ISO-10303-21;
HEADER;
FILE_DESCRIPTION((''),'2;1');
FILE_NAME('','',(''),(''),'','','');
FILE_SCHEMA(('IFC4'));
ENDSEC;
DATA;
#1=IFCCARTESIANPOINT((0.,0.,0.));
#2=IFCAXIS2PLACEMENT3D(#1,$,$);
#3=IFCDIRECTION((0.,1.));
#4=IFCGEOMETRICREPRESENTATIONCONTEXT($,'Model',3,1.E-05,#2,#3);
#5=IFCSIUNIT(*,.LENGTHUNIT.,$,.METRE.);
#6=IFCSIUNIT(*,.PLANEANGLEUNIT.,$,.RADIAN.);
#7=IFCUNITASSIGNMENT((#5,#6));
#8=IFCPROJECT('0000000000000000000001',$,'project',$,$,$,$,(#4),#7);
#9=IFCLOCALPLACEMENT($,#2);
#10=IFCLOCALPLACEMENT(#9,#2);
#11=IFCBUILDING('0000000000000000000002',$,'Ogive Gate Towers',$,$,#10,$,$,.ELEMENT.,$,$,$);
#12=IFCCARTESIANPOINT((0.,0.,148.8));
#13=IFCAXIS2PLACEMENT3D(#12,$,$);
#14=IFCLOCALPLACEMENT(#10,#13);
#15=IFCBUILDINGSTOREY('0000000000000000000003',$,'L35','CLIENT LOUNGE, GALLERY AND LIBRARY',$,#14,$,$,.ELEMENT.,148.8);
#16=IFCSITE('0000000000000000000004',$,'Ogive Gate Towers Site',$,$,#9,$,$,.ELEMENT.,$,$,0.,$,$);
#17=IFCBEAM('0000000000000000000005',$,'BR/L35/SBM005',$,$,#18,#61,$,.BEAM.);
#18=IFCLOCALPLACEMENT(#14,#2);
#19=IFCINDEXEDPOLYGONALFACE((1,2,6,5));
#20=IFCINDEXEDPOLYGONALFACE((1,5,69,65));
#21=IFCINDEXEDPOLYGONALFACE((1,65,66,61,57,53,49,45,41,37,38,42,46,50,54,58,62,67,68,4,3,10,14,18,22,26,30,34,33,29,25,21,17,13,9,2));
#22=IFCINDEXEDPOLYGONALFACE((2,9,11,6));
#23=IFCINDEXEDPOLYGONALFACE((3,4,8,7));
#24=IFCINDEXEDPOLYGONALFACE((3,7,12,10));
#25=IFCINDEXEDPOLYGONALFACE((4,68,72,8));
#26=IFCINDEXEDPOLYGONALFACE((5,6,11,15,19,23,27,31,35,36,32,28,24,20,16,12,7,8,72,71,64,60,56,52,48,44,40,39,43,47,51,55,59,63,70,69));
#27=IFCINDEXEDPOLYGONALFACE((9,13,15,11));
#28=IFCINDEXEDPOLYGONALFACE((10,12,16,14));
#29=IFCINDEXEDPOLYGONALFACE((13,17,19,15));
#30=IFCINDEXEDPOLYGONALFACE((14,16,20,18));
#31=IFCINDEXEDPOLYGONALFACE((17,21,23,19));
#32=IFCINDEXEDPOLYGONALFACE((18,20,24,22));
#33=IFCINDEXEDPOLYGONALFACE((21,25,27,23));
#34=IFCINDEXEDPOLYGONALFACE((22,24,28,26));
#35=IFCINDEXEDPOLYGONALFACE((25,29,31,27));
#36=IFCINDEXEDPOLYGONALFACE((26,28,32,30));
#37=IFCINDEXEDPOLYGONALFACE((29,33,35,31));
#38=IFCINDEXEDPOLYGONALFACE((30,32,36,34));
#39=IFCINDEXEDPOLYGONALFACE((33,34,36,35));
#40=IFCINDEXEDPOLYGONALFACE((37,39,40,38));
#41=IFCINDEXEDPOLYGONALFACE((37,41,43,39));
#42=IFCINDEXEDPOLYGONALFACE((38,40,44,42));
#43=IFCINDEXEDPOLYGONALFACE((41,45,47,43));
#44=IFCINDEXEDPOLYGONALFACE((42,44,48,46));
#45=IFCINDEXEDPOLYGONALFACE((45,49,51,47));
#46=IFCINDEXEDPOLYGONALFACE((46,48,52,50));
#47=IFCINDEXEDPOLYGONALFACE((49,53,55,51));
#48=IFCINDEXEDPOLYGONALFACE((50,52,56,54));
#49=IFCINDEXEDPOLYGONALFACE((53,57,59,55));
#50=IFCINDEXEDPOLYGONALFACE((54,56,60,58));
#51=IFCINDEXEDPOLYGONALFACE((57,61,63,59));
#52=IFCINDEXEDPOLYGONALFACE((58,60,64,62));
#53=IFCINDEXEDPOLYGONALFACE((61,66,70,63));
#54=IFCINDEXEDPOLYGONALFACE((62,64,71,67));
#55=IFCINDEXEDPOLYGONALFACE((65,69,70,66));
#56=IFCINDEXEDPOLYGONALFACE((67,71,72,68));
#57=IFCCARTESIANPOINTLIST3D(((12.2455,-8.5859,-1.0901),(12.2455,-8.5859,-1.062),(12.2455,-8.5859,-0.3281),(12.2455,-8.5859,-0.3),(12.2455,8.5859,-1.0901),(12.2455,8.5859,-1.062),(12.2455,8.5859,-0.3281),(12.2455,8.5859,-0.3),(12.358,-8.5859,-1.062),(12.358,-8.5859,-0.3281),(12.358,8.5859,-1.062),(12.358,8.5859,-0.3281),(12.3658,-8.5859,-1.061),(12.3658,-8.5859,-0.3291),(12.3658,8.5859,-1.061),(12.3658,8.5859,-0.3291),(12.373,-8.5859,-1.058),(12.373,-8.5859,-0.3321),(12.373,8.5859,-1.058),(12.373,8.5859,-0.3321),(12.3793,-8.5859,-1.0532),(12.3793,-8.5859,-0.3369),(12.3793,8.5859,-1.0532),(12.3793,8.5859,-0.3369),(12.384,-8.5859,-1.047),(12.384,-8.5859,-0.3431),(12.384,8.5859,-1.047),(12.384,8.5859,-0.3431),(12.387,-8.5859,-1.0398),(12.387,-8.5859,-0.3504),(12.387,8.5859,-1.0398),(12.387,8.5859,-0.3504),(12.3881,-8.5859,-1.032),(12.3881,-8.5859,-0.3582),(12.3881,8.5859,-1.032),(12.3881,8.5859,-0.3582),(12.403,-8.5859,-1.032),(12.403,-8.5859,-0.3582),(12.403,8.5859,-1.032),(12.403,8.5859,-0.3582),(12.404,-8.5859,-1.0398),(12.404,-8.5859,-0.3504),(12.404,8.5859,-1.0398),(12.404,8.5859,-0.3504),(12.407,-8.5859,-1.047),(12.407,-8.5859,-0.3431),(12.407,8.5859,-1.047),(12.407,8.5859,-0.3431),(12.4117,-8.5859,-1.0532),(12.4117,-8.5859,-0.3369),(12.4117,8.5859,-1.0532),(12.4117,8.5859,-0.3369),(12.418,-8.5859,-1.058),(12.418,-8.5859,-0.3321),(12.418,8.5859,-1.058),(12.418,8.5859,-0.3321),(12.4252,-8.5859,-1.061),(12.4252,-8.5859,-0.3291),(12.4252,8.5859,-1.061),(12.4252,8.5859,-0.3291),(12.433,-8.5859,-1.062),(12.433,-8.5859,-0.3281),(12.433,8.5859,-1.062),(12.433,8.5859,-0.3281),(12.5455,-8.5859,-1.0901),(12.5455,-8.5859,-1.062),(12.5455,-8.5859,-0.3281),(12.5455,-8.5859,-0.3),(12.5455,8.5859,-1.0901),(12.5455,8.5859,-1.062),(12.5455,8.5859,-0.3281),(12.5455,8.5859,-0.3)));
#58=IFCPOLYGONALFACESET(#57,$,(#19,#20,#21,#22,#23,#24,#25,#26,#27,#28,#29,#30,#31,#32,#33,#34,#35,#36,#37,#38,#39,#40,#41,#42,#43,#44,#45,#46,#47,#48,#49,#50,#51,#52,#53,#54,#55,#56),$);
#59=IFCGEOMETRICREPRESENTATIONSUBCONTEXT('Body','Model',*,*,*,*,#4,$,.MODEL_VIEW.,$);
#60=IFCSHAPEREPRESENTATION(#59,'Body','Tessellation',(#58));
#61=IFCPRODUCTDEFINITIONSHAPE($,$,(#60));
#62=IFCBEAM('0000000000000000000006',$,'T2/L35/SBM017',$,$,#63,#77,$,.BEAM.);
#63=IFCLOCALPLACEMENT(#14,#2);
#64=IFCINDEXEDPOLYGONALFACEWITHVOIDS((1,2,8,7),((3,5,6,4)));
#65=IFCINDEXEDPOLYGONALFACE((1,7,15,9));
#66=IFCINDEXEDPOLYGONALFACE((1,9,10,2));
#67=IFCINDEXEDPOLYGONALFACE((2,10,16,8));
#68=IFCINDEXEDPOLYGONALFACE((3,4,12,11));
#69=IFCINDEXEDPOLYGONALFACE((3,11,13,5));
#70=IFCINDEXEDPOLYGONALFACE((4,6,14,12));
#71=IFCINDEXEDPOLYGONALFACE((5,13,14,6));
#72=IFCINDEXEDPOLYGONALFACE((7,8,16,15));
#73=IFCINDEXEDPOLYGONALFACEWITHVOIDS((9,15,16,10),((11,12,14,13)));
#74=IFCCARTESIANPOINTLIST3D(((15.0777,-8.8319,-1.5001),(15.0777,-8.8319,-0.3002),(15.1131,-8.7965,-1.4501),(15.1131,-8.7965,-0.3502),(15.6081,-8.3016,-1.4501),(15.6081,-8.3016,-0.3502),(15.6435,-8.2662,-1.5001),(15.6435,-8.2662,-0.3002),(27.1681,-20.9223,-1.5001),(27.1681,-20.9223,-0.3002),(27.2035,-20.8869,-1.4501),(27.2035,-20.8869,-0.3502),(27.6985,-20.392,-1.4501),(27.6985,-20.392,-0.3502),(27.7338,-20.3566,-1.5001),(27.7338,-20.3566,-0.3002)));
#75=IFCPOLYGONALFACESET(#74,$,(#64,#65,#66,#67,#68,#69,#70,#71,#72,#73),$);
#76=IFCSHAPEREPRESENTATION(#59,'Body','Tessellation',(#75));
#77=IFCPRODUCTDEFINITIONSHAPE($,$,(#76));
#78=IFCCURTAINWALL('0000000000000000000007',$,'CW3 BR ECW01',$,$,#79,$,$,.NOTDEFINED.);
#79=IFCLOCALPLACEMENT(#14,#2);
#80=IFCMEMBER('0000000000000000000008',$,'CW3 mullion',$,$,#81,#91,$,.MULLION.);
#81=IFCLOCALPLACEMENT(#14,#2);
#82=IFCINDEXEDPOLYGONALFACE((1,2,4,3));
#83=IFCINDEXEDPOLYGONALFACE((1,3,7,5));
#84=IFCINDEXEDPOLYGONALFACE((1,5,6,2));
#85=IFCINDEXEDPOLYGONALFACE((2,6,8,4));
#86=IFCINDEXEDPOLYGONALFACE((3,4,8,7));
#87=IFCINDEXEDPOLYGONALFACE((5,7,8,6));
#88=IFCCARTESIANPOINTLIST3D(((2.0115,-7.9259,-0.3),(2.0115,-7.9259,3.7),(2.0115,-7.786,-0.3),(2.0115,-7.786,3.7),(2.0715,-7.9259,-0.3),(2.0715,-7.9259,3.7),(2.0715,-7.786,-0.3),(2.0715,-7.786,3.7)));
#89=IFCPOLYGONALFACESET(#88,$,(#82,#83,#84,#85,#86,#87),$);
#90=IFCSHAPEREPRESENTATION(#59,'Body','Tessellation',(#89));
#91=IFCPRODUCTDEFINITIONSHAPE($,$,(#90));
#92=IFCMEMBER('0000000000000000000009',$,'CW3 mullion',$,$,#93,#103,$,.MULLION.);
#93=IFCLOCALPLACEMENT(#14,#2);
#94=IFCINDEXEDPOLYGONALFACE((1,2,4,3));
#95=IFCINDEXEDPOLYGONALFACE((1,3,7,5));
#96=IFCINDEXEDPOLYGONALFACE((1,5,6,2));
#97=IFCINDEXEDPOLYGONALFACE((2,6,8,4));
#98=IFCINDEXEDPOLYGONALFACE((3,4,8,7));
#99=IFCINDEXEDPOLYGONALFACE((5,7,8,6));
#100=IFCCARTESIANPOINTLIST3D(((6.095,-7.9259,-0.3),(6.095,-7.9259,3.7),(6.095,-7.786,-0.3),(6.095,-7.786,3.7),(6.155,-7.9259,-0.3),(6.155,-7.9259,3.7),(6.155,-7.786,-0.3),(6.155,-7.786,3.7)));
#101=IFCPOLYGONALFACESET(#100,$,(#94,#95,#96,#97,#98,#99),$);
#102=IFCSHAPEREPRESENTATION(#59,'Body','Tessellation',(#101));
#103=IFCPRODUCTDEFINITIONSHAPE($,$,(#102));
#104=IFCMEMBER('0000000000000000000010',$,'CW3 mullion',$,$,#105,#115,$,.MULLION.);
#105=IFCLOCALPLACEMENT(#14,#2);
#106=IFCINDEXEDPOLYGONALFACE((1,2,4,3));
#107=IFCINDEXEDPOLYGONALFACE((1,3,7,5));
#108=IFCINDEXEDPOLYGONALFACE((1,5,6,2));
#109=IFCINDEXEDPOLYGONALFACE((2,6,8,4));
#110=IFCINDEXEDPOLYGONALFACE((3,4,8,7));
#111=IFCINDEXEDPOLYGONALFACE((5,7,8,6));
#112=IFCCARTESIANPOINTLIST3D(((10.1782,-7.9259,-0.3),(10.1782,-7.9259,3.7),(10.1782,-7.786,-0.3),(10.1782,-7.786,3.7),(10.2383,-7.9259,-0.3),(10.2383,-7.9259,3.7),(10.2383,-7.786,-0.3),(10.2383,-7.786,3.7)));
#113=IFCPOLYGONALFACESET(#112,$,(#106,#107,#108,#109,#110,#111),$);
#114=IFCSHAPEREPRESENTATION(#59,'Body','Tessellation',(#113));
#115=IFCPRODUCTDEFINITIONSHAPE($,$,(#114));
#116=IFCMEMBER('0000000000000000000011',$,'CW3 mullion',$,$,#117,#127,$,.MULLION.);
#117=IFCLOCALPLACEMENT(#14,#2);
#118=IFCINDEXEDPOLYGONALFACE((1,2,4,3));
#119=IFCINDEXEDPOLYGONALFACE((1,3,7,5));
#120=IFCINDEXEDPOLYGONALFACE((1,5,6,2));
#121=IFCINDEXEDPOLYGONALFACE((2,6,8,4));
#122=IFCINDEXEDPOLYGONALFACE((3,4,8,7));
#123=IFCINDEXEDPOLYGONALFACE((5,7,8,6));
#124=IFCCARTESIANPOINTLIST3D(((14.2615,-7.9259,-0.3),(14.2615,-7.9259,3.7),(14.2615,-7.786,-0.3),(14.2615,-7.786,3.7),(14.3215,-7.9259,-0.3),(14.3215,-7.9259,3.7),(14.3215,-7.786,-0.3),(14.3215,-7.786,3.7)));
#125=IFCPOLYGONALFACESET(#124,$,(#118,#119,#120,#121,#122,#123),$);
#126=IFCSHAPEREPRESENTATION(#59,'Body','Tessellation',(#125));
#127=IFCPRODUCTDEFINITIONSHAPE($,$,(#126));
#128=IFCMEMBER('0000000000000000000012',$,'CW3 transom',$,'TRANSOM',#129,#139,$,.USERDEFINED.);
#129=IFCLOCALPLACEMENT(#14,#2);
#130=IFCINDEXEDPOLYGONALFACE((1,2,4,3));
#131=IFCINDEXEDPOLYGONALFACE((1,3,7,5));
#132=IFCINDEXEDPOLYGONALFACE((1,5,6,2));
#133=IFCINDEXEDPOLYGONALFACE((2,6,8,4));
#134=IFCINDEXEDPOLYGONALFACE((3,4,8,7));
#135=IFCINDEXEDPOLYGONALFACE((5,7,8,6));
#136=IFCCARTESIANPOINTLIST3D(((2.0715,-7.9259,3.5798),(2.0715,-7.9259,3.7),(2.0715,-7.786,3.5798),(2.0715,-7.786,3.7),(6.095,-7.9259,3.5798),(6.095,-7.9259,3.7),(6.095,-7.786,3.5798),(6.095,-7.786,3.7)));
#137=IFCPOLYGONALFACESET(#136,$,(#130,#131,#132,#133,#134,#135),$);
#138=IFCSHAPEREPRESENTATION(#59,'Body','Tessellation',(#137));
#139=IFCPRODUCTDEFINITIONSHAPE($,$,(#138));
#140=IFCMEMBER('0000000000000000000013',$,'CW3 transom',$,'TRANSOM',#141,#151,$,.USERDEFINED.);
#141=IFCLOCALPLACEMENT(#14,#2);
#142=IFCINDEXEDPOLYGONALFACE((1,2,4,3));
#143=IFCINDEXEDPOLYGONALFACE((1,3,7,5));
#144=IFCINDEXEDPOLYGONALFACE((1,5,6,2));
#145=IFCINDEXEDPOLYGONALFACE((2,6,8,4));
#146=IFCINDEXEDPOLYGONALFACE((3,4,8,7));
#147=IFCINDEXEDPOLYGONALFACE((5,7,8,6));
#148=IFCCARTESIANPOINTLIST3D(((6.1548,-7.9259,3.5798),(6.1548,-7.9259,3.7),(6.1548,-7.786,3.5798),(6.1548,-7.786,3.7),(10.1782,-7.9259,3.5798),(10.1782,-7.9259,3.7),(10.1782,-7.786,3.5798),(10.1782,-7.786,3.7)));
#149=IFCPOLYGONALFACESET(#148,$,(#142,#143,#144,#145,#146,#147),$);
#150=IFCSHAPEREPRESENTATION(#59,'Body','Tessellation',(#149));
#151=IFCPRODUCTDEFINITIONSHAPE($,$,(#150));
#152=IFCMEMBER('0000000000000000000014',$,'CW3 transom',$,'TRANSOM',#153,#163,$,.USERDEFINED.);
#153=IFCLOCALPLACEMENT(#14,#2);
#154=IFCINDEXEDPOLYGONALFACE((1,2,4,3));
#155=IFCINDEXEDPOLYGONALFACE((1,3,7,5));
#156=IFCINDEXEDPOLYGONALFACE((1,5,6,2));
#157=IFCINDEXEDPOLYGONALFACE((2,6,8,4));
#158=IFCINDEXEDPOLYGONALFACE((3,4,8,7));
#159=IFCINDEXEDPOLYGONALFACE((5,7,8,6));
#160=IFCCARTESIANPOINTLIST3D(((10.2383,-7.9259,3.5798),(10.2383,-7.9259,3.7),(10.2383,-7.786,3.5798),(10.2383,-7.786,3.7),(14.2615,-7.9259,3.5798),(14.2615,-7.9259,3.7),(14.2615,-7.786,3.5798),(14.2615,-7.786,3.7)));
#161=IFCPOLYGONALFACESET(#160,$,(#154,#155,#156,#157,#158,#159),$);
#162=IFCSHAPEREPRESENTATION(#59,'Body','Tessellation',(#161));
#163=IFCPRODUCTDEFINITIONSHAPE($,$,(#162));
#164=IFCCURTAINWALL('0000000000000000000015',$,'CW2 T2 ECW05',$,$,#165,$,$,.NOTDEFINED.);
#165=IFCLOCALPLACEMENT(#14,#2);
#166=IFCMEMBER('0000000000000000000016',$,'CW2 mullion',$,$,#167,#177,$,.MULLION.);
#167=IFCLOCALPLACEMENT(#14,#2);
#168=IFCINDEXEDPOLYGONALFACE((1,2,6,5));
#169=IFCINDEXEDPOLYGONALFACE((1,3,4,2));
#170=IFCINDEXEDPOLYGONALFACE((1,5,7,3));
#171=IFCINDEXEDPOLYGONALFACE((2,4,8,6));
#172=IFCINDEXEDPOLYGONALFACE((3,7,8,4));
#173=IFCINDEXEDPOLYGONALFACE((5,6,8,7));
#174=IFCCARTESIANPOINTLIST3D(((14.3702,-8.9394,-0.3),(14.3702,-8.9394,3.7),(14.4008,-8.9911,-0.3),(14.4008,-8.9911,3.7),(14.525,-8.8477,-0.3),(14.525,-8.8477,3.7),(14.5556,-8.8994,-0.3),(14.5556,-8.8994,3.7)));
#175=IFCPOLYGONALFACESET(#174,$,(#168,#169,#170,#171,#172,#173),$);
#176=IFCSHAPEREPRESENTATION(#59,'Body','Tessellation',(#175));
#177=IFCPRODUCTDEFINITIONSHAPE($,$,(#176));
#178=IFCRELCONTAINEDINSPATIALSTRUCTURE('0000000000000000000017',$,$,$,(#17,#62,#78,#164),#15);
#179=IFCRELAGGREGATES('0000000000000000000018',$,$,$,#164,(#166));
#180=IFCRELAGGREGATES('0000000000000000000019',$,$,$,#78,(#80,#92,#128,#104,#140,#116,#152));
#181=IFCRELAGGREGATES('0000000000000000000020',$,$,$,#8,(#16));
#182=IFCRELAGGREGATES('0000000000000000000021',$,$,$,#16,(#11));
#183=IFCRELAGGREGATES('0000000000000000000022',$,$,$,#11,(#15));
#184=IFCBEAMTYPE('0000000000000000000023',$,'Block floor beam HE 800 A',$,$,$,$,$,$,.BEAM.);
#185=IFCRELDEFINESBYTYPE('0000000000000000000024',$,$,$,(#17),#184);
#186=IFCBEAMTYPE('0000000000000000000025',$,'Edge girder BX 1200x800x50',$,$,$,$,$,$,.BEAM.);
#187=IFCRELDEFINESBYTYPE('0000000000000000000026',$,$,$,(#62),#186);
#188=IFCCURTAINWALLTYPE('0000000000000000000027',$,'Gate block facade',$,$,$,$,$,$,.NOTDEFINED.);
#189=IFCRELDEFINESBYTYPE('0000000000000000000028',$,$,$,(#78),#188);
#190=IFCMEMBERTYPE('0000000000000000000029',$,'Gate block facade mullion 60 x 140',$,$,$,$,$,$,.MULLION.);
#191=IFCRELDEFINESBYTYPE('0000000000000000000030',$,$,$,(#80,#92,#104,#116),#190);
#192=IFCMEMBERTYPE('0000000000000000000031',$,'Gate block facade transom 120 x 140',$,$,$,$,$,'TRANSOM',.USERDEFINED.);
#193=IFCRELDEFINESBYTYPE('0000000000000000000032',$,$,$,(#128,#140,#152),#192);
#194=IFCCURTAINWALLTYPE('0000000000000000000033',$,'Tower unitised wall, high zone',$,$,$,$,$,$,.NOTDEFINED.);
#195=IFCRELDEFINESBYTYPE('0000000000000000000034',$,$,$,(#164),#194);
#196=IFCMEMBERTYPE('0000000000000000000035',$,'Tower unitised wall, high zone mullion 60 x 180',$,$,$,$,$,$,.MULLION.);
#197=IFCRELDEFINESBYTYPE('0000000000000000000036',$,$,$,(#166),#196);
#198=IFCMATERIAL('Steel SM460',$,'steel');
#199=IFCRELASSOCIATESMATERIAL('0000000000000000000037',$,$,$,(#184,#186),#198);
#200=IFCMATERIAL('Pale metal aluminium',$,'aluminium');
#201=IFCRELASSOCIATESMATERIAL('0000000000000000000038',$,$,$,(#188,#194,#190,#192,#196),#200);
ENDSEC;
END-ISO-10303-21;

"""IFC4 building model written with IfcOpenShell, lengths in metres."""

from ifc_helpers import new_model, si_unit, direction, frame, origin, origin_2d, place, context, subcontext, project, spatial, rectangle, hollow_rectangle, i_section, extrude, material, material_profile, profile_set, type_object, element, aggregate, save


model = new_model("IFC4")

# Units and contexts
model_context = context("Model", 3, precision=1e-05, world=origin(), true_north=direction((0.0, 1.0)))
body_context = subcontext(model_context, "Body", "Model", "MODEL_VIEW")
ifc_project = project(units=[si_unit("LENGTHUNIT", "METRE"), si_unit("PLANEANGLEUNIT", "RADIAN")], contexts=[model_context])

# Site, building, storey
site_placement = place(None, origin())
site = spatial("IfcSite", under=ifc_project, at=site_placement, Name="Ogive Gate Towers Site", CompositionType="ELEMENT", RefElevation=0.0)
building_placement = place(site_placement, origin())
building = spatial("IfcBuilding", under=site, at=building_placement, Name="Ogive Gate Towers", CompositionType="ELEMENT")
storey_placement = place(building_placement, frame((0.0, 0.0, 148.8)))
storey = spatial("IfcBuildingStorey", under=building, at=storey_placement, Name="L35", Description="CLIENT LOUNGE, GALLERY AND LIBRARY", CompositionType="ELEMENT", Elevation=148.8)

# Shared definitions
ifc_material_1 = material(Name="Steel SM460", Category="steel")

# Beams
ifc_material_profile_1 = material_profile(ifc_material_1, i_section(OverallWidth=0.3, OverallDepth=0.79, WebThickness=0.0149, FlangeThickness=0.0281, FilletRadius=0.03, at=origin_2d()), Name="HE 800 A")
ifc_profile_set_1 = profile_set([ifc_material_profile_1], Name="Steel SM460")
beam_type_1 = type_object("IfcBeamType", Name="Block floor beam HE 800 A", PredefinedType="BEAM", material=ifc_profile_set_1)
for number, where, z_axis, x_axis, name in (
    (1, (12.3955, -8.5859, -0.6951), (0.0, 1.0, 0.0), (-1.0, 0.0, 0.0), "BR/L35/SBM005"),
):
    element("IfcBeam", number, at=place(storey_placement, frame(where, z_axis=z_axis, x_axis=x_axis)), inside=storey, type_object=beam_type_1, Name=name, PredefinedType="BEAM", context=body_context, shape_type="SweptSolid", body=[
        extrude(i_section(OverallWidth=0.3, OverallDepth=0.79, WebThickness=0.0149, FlangeThickness=0.0281, FilletRadius=0.03, at=origin_2d()), origin(), (0.0, 0.0, 1.0), 17.1719),
    ])
ifc_material_profile_2 = material_profile(ifc_material_1, hollow_rectangle(XDim=0.8, YDim=1.2, WallThickness=0.05, at=origin_2d()), Name="BX 1200x800x50")
ifc_profile_set_2 = profile_set([ifc_material_profile_2], Name="Steel SM460")
beam_type_2 = type_object("IfcBeamType", Name="Edge girder BX 1200x800x50", PredefinedType="BEAM", material=ifc_profile_set_2)
beam_placement = place(storey_placement, frame((15.3606, -8.5491, -0.9001), z_axis=(0.707107, -0.707107, 0.0), x_axis=(0.707107, 0.707107, 0.0)))
element("IfcBeam", 2, at=beam_placement, inside=storey, type_object=beam_type_2, Name="T2/L35/SBM017", PredefinedType="BEAM", context=body_context, shape_type="SweptSolid", body=[
    extrude(hollow_rectangle(XDim=0.8, YDim=1.2, WallThickness=0.05, at=origin_2d()), origin(), (0.0, 0.0, 1.0), 17.0984),
])

# Curtain walls, members
ifc_material_2 = material(Name="Pale metal aluminium", Category="aluminium")
curtain_wall_type_1 = type_object("IfcCurtainWallType", Name="Gate block facade", PredefinedType="NOTDEFINED", material=ifc_material_2)
curtain_wall_1_placement = place(storey_placement, origin())
curtain_wall_1 = element("IfcCurtainWall", 3, at=curtain_wall_1_placement, inside=storey, type_object=curtain_wall_type_1, Name="CW3 BR ECW01", PredefinedType="NOTDEFINED")
ifc_material_profile_3 = material_profile(ifc_material_2, rectangle(XDim=0.1399, YDim=0.0601, at=origin_2d()), Name="60 x 140 aluminium box")
ifc_profile_set_3 = profile_set([ifc_material_profile_3], Name="Pale metal aluminium")
member_type_1 = type_object("IfcMemberType", Name="Gate block facade mullion 60 x 140", PredefinedType="MULLION", material=ifc_profile_set_3)
member_1_placement = place(storey_placement, frame((2.0415, -7.856, -0.3), z_axis=(0.0, 0.0, 1.0), x_axis=(0.0, -1.0, 0.0)))
member_1 = element("IfcMember", 4, at=member_1_placement, type_object=member_type_1, Name="CW3 mullion", PredefinedType="MULLION", context=body_context, shape_type="SweptSolid", body=[
    extrude(rectangle(XDim=0.1399, YDim=0.0601, at=origin_2d()), origin(), (0.0, 0.0, 1.0), 4.0),
])
member_2_placement = place(storey_placement, frame((6.125, -7.856, -0.3), z_axis=(0.0, 0.0, 1.0), x_axis=(0.0, -1.0, 0.0)))
member_2 = element("IfcMember", 5, at=member_2_placement, type_object=member_type_1, Name="CW3 mullion", PredefinedType="MULLION", context=body_context, shape_type="SweptSolid", body=[
    extrude(rectangle(XDim=0.1399, YDim=0.0601, at=origin_2d()), origin(), (0.0, 0.0, 1.0), 4.0),
])
member_3_placement = place(storey_placement, frame((10.2083, -7.856, -0.3), z_axis=(0.0, 0.0, 1.0), x_axis=(0.0, -1.0, 0.0)))
member_3 = element("IfcMember", 6, at=member_3_placement, type_object=member_type_1, Name="CW3 mullion", PredefinedType="MULLION", context=body_context, shape_type="SweptSolid", body=[
    extrude(rectangle(XDim=0.1399, YDim=0.0601, at=origin_2d()), origin(), (0.0, 0.0, 1.0), 4.0),
])
member_4_placement = place(storey_placement, frame((14.2915, -7.856, -0.3), z_axis=(0.0, 0.0, 1.0), x_axis=(0.0, -1.0, 0.0)))
member_4 = element("IfcMember", 7, at=member_4_placement, type_object=member_type_1, Name="CW3 mullion", PredefinedType="MULLION", context=body_context, shape_type="SweptSolid", body=[
    extrude(rectangle(XDim=0.1399, YDim=0.0601, at=origin_2d()), origin(), (0.0, 0.0, 1.0), 4.0),
])
ifc_material_profile_4 = material_profile(ifc_material_2, rectangle(XDim=0.1399, YDim=0.1201, at=origin_2d()), Name="120 x 140 aluminium box")
ifc_profile_set_4 = profile_set([ifc_material_profile_4], Name="Pale metal aluminium")
member_type_2 = type_object("IfcMemberType", Name="Gate block facade transom 120 x 140", ElementType="TRANSOM", PredefinedType="USERDEFINED", material=ifc_profile_set_4)
member_5_placement = place(storey_placement, frame((2.0715, -7.856, 3.6399), z_axis=(1.0, 0.0, 0.0), x_axis=(0.0, 1.0, 0.0)))
member_5 = element("IfcMember", 8, at=member_5_placement, type_object=member_type_2, Name="CW3 transom", ObjectType="TRANSOM", PredefinedType="USERDEFINED", context=body_context, shape_type="SweptSolid", body=[
    extrude(rectangle(XDim=0.1399, YDim=0.1201, at=origin_2d()), origin(), (0.0, 0.0, 1.0), 4.0234),
])
member_6_placement = place(storey_placement, frame((6.1548, -7.856, 3.6399), z_axis=(1.0, 0.0, 0.0), x_axis=(0.0, 1.0, 0.0)))
member_6 = element("IfcMember", 9, at=member_6_placement, type_object=member_type_2, Name="CW3 transom", ObjectType="TRANSOM", PredefinedType="USERDEFINED", context=body_context, shape_type="SweptSolid", body=[
    extrude(rectangle(XDim=0.1399, YDim=0.1201, at=origin_2d()), origin(), (0.0, 0.0, 1.0), 4.0234),
])
member_7_placement = place(storey_placement, frame((10.2383, -7.856, 3.6399), z_axis=(1.0, 0.0, 0.0), x_axis=(0.0, 1.0, 0.0)))
member_7 = element("IfcMember", 10, at=member_7_placement, type_object=member_type_2, Name="CW3 transom", ObjectType="TRANSOM", PredefinedType="USERDEFINED", context=body_context, shape_type="SweptSolid", body=[
    extrude(rectangle(XDim=0.1399, YDim=0.1201, at=origin_2d()), origin(), (0.0, 0.0, 1.0), 4.0232),
])
curtain_wall_type_2 = type_object("IfcCurtainWallType", Name="Tower unitised wall, high zone", PredefinedType="NOTDEFINED", material=ifc_material_2)
curtain_wall_2_placement = place(storey_placement, origin())
curtain_wall_2 = element("IfcCurtainWall", 11, at=curtain_wall_2_placement, inside=storey, type_object=curtain_wall_type_2, Name="CW2 T2 ECW05", PredefinedType="NOTDEFINED")
ifc_material_profile_5 = material_profile(ifc_material_2, rectangle(XDim=0.1799, YDim=0.0601, at=origin_2d()), Name="60 x 180 aluminium box")
ifc_profile_set_5 = profile_set([ifc_material_profile_5], Name="Pale metal aluminium")
member_type_3 = type_object("IfcMemberType", Name="Tower unitised wall, high zone mullion 60 x 180", PredefinedType="MULLION", material=ifc_profile_set_5)
member_8_placement = place(storey_placement, frame((14.4629, -8.9194, -0.3), z_axis=(0.0, 0.0, 1.0), x_axis=(-0.860386, -0.509642, 0.0)))
member_8 = element("IfcMember", 12, at=member_8_placement, type_object=member_type_3, Name="CW2 mullion", PredefinedType="MULLION", context=body_context, shape_type="SweptSolid", body=[
    extrude(rectangle(XDim=0.1799, YDim=0.0601, at=origin_2d()), origin(), (0.0, 0.0, 1.0), 4.0),
])
aggregate(curtain_wall_2, [member_8])

aggregate(curtain_wall_1, [member_1, member_2, member_5, member_3, member_6, member_4, member_7])

save(model, "model.ifc")
